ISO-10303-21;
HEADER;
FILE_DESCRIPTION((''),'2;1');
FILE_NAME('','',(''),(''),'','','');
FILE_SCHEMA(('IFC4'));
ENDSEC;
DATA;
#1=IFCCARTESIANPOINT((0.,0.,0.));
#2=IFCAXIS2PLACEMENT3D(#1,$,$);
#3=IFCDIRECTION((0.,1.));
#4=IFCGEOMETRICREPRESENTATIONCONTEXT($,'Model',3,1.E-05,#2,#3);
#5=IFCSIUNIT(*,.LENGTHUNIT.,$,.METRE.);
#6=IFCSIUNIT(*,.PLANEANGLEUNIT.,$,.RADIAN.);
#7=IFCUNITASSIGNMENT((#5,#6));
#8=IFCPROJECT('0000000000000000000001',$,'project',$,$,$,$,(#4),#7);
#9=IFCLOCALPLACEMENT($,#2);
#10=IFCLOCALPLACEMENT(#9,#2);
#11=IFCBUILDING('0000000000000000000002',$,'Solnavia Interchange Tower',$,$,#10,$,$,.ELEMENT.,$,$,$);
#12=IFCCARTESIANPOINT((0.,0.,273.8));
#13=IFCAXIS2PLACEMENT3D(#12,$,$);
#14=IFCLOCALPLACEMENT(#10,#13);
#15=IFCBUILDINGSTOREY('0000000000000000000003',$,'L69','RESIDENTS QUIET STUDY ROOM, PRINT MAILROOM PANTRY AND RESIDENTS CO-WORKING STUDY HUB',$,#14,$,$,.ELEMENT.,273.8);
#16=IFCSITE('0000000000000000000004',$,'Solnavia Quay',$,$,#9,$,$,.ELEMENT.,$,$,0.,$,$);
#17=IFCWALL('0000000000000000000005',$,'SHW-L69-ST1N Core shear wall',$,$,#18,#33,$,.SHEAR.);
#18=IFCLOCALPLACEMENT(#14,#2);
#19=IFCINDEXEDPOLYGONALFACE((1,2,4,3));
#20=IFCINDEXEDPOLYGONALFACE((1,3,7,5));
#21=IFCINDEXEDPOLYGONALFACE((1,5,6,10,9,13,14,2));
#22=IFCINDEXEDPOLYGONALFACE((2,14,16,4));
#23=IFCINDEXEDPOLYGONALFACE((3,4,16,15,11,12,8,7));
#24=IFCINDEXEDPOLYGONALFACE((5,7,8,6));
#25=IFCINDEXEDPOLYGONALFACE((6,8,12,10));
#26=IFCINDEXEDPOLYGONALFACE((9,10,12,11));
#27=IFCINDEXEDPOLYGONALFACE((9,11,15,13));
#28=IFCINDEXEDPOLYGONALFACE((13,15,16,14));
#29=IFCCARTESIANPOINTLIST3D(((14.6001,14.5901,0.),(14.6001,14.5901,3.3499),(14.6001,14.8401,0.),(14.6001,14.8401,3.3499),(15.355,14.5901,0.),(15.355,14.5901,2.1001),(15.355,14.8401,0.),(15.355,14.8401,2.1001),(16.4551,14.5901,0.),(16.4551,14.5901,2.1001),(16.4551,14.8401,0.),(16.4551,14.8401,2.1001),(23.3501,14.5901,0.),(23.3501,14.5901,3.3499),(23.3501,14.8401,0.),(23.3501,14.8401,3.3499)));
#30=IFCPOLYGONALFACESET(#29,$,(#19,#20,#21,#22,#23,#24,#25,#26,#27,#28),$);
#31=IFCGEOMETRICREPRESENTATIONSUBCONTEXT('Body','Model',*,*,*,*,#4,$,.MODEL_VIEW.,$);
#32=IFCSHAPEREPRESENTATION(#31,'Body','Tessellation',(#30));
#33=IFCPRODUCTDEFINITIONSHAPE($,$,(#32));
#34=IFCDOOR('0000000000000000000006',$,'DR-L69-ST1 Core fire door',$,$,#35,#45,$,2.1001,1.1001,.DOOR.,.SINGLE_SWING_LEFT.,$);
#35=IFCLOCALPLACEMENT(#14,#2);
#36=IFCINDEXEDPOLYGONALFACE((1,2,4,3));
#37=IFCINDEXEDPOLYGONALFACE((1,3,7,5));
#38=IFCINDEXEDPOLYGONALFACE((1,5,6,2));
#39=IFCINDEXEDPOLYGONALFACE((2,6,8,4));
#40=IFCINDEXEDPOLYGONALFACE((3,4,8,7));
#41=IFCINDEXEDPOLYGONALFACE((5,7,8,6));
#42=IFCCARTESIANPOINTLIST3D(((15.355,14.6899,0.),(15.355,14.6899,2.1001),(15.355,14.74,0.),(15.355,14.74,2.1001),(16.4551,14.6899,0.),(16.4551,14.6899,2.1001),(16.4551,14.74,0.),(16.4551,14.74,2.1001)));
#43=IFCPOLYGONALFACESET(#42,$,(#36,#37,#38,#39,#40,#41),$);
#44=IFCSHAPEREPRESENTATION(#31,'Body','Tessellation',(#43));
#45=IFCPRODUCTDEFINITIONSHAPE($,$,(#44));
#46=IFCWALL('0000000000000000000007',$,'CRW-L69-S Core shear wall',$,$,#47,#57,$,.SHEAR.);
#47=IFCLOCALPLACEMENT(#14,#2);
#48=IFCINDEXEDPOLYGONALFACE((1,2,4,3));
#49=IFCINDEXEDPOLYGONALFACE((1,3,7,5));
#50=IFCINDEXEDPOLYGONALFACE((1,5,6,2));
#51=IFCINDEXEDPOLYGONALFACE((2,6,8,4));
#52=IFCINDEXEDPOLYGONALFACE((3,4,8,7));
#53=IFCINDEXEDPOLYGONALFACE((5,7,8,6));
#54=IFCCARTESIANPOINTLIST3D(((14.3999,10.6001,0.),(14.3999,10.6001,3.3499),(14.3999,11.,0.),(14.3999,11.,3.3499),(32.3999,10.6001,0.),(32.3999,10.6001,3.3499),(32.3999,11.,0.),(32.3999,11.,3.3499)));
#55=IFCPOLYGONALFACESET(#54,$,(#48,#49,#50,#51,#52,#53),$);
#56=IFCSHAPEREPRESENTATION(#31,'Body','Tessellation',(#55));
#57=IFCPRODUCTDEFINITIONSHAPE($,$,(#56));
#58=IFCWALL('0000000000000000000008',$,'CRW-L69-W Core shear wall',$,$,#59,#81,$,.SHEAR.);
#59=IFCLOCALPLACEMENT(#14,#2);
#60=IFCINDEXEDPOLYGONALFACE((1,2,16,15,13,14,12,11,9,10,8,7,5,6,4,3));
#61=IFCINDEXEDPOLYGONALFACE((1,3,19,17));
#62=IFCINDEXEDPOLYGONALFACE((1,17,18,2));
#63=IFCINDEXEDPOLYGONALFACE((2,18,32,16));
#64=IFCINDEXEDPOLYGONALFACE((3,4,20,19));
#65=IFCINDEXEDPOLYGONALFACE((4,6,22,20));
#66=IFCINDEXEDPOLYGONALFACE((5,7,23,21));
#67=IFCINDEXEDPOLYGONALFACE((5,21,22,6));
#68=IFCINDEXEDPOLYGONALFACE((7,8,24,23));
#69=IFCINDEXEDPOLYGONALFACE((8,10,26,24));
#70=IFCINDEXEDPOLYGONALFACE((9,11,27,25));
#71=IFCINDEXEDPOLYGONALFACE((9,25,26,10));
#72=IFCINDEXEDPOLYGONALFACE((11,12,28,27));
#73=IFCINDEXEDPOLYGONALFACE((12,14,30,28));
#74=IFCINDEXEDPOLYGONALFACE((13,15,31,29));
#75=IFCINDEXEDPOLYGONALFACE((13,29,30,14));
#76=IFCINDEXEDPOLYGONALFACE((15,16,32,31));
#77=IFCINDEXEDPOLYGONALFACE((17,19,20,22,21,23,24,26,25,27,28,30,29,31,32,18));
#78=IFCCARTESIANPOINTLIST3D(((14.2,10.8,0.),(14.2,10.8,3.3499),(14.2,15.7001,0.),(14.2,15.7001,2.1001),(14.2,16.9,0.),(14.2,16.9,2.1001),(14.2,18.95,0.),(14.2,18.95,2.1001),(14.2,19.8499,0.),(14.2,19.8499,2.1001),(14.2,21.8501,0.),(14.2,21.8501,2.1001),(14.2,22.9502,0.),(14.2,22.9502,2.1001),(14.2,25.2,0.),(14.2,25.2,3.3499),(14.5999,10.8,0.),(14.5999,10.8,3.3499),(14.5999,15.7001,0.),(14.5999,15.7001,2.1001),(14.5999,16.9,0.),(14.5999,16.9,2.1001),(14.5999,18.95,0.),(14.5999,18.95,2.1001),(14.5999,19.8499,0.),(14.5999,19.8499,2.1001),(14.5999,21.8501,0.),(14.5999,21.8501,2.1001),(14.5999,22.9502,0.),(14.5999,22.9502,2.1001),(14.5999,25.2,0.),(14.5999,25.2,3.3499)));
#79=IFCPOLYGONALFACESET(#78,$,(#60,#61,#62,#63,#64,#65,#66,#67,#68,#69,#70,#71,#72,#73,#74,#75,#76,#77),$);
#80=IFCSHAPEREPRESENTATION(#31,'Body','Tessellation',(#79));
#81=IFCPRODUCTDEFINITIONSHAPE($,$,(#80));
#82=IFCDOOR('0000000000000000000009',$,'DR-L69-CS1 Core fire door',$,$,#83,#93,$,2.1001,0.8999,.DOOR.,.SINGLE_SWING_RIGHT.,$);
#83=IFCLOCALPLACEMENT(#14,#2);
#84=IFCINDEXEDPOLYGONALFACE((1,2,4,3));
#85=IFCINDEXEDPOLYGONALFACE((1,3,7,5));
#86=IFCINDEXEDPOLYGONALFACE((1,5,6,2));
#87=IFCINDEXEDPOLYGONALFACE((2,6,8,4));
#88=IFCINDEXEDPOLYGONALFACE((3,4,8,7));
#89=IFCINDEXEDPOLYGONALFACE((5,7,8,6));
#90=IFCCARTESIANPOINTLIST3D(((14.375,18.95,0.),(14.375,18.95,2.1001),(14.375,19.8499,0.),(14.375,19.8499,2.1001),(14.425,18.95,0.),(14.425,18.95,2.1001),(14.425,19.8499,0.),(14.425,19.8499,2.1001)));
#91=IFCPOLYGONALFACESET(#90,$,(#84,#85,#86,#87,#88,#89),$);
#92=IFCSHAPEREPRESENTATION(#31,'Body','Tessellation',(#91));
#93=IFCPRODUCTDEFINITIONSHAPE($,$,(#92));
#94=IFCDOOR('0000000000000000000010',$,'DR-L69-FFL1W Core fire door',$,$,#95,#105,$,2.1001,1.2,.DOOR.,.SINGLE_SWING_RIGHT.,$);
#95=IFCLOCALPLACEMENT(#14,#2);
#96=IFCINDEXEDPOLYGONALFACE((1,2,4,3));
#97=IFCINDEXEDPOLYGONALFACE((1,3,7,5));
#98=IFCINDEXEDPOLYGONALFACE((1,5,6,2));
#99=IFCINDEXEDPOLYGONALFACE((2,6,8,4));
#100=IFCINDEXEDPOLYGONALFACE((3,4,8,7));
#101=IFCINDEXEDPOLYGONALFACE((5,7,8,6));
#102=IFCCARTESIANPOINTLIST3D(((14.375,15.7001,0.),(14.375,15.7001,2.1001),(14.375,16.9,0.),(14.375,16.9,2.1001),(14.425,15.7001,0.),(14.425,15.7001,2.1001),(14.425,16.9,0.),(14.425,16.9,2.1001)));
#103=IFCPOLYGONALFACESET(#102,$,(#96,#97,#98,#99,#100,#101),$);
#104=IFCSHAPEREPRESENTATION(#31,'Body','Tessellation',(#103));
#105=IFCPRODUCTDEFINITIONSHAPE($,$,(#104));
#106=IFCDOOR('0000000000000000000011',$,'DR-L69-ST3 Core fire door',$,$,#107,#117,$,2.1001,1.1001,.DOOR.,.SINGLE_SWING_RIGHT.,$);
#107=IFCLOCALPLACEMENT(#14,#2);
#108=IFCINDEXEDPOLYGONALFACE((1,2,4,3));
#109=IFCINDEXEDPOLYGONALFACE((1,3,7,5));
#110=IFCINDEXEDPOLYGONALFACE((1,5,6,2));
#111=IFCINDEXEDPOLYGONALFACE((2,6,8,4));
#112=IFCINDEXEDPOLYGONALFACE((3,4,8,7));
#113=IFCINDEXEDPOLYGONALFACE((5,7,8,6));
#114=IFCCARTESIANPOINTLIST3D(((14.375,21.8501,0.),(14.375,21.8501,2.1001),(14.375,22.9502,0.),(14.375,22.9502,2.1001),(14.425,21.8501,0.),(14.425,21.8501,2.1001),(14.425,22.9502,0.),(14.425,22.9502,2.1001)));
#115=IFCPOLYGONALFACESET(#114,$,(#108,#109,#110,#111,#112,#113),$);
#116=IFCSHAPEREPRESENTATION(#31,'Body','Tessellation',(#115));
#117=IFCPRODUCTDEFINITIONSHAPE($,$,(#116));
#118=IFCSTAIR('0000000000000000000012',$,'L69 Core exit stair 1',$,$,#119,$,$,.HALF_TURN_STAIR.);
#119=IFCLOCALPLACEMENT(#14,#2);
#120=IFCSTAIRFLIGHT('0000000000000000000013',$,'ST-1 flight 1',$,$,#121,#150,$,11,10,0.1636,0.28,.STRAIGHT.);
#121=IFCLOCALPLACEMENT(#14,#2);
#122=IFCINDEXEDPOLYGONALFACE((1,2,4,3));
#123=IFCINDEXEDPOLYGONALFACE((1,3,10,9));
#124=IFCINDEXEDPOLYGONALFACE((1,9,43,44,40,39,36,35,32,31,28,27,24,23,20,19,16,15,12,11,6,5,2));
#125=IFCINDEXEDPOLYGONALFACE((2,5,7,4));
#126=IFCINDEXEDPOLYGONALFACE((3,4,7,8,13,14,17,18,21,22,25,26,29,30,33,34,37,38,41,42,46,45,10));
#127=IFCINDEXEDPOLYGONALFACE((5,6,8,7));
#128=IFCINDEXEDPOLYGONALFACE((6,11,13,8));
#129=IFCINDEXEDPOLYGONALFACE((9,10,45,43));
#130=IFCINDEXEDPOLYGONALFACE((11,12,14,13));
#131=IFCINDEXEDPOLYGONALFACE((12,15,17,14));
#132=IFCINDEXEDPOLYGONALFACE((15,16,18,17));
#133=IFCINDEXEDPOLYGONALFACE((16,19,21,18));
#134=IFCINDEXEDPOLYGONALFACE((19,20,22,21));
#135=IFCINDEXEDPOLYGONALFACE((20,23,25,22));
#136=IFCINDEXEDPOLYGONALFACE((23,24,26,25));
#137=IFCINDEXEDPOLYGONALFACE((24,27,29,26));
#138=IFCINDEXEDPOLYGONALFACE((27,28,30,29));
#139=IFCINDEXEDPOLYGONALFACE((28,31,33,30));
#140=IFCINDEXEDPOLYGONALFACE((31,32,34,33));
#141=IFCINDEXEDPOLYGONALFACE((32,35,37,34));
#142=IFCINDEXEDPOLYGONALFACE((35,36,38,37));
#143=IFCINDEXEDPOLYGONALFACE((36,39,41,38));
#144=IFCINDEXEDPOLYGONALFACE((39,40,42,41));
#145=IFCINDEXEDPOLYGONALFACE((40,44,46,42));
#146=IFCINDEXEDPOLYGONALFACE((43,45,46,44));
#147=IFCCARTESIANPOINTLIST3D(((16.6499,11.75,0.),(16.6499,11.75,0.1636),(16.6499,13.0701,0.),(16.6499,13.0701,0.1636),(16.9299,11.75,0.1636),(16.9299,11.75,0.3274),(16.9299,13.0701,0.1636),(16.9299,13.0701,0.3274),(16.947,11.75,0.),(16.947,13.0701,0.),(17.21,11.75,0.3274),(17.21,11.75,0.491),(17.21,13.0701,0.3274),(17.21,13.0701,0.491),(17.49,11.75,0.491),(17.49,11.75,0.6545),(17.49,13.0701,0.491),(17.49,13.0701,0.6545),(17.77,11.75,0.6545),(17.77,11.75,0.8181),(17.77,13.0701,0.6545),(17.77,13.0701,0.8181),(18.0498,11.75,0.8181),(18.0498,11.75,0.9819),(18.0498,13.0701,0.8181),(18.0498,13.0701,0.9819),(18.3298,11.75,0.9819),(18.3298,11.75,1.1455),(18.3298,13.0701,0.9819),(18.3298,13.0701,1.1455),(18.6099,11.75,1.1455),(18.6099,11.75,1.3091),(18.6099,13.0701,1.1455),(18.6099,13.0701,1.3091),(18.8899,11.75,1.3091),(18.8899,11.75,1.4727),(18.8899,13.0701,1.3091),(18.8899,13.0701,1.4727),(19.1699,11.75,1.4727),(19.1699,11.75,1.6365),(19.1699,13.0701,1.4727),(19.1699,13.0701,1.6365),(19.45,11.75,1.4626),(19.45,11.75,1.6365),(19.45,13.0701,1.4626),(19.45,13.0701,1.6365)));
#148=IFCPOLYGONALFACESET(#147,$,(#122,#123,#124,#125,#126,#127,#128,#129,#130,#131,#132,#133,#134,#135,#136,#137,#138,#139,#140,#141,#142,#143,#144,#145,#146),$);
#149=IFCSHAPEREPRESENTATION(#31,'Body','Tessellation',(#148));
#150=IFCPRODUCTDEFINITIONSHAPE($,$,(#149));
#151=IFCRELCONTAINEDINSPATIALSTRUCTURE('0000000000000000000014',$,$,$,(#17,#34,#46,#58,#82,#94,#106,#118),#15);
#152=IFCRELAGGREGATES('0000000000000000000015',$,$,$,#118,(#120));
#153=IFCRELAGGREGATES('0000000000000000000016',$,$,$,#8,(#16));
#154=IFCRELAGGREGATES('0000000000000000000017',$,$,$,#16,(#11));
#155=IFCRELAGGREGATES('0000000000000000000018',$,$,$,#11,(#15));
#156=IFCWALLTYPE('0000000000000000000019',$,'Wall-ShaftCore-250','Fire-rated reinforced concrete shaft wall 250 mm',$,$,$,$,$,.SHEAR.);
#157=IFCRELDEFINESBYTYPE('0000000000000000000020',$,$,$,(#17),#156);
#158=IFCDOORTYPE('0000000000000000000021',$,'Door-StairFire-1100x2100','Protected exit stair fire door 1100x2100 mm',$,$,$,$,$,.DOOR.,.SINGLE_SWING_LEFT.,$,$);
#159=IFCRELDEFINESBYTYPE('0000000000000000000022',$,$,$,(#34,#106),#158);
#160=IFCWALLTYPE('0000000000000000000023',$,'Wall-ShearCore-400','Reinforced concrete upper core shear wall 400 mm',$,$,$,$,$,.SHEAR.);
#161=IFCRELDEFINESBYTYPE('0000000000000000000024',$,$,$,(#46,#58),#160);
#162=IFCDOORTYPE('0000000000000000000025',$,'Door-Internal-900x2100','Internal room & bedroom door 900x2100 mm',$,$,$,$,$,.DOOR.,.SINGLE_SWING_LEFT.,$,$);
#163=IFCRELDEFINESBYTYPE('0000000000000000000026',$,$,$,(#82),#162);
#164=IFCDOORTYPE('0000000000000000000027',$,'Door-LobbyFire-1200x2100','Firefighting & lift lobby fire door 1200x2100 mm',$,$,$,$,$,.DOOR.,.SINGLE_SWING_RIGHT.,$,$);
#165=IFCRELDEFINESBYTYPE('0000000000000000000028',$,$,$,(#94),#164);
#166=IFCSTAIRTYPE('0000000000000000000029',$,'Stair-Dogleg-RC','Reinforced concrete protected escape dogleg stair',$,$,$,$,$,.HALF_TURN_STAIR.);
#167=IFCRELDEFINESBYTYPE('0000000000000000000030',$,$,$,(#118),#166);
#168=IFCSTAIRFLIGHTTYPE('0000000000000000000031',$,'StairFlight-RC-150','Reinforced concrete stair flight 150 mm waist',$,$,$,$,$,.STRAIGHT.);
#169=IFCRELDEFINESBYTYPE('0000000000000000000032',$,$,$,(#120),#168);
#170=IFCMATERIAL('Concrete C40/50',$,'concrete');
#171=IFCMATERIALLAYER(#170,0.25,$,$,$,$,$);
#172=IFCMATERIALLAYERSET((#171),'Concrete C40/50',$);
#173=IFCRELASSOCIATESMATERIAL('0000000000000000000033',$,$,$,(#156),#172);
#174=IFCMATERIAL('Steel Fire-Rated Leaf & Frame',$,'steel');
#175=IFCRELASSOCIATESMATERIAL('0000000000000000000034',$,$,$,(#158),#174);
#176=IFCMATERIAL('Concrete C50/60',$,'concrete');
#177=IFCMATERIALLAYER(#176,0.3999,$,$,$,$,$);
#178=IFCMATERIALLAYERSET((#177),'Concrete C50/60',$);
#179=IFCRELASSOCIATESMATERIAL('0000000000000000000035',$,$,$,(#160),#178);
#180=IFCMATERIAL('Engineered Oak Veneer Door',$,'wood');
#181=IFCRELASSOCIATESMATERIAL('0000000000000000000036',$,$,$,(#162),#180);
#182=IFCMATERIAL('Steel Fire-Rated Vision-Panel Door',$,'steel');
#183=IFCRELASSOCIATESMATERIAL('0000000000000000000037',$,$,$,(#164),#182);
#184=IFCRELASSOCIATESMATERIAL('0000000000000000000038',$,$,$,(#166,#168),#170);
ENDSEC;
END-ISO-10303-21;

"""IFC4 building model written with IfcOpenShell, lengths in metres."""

from ifc_helpers import new_model, si_unit, direction, frame, frame_2d, origin, place, context, subcontext, project, spatial, polyline, rectangle, outline, extrude, material, layer, layer_set, type_object, element, fill, aggregate, save


model = new_model("IFC4")

# Units and contexts
model_context = context("Model", 3, precision=1e-05, world=origin(), true_north=direction((0.0, 1.0)))
body_context = subcontext(model_context, "Body", "Model", "MODEL_VIEW")
ifc_project = project(units=[si_unit("LENGTHUNIT", "METRE"), si_unit("PLANEANGLEUNIT", "RADIAN")], contexts=[model_context])

# Site, building, storey
site_placement = place(None, origin())
site = spatial("IfcSite", under=ifc_project, at=site_placement, Name="Solnavia Quay", CompositionType="ELEMENT", RefElevation=0.0)
building_placement = place(site_placement, origin())
building = spatial("IfcBuilding", under=site, at=building_placement, Name="Solnavia Interchange Tower", CompositionType="ELEMENT")
storey_placement = place(building_placement, frame((0.0, 0.0, 273.8)))
storey = spatial("IfcBuildingStorey", under=building, at=storey_placement, Name="L69", Description="RESIDENTS QUIET STUDY ROOM, PRINT MAILROOM PANTRY AND RESIDENTS CO-WORKING STUDY HUB", CompositionType="ELEMENT", Elevation=273.8)

# Shared definitions
ifc_material_1 = material(Name="Concrete C50/60", Category="concrete")

# Shared definitions
ifc_material_2 = material(Name="Concrete C40/50", Category="concrete")
ifc_layer_1 = layer(ifc_material_2, 0.25)
ifc_layer_set_1 = layer_set([ifc_layer_1], Name="Concrete C40/50")
wall_type_1 = type_object("IfcWallType", Name="Wall-ShaftCore-250", Description="Fire-rated reinforced concrete shaft wall 250 mm", PredefinedType="SHEAR", material=ifc_layer_set_1)

# Wall, opening, door
wall_1_placement = place(storey_placement, frame((14.6001, 14.7151, 0.0), z_axis=(0.0, 0.0, 1.0), x_axis=(1.0, 0.0, 0.0)))
wall_1 = element("IfcWall", 1, at=wall_1_placement, inside=storey, type_object=wall_type_1, Name="SHW-L69-ST1N Core shear wall", PredefinedType="SHEAR", context=body_context, shape_type="SweptSolid", body=[
    extrude(rectangle(XDim=8.75, YDim=0.25, at=frame_2d((4.375, 0.0))), origin(), (0.0, 0.0, 1.0), 3.3499),
])
opening_1_placement = place(wall_1_placement, frame((0.7549, 0.0, 0.0)))
opening_1 = element("IfcOpeningElement", 2, at=opening_1_placement, cuts=wall_1, PredefinedType="OPENING", context=body_context, shape_type="SweptSolid", body=[
    extrude(rectangle(XDim=1.1001, YDim=2.1001, at=frame_2d((0.55, 1.05))), frame((0.0, 0.135, 0.0), z_axis=(0.0, -1.0, 0.0), x_axis=(1.0, 0.0, 0.0)), (0.0, 0.0, 1.0), 0.27),
])
ifc_material_3 = material(Name="Steel Fire-Rated Leaf & Frame", Category="steel")
door_type_1 = type_object("IfcDoorType", Name="Door-StairFire-1100x2100", Description="Protected exit stair fire door 1100x2100 mm", OperationType="SINGLE_SWING_LEFT", PredefinedType="DOOR", material=ifc_material_3)
door_1_placement = place(opening_1_placement, origin())
door_1 = element("IfcDoor", 3, at=door_1_placement, inside=storey, type_object=door_type_1, Name="DR-L69-ST1 Core fire door", OperationType="SINGLE_SWING_LEFT", OverallHeight=2.1001, OverallWidth=1.1001, PredefinedType="DOOR", context=body_context, shape_type="SweptSolid", body=[
    extrude(rectangle(XDim=1.1001, YDim=2.1001, at=frame_2d((0.55, 1.05))), frame((0.0, 0.0249, 0.0), z_axis=(0.0, -1.0, 0.0), x_axis=(1.0, 0.0, 0.0)), (0.0, 0.0, 1.0), 0.05),
])
fill(opening_1, door_1)

# Wall
ifc_layer_2 = layer(ifc_material_1, 0.3999)
ifc_layer_set_2 = layer_set([ifc_layer_2], Name="Concrete C50/60")
wall_type_2 = type_object("IfcWallType", Name="Wall-ShearCore-400", Description="Reinforced concrete upper core shear wall 400 mm", PredefinedType="SHEAR", material=ifc_layer_set_2)
wall_2_placement = place(storey_placement, frame((14.3999, 10.8, 0.0), z_axis=(0.0, 0.0, 1.0), x_axis=(1.0, 0.0, 0.0)))
element("IfcWall", 4, at=wall_2_placement, inside=storey, type_object=wall_type_2, Name="CRW-L69-S Core shear wall", PredefinedType="SHEAR", context=body_context, shape_type="SweptSolid", body=[
    extrude(rectangle(XDim=18.0, YDim=0.3999, at=frame_2d((9.0, 0.0))), origin(), (0.0, 0.0, 1.0), 3.3499),
])

# Wall, openings, doors
wall_3_placement = place(storey_placement, frame((14.3999, 10.8, 0.0), z_axis=(0.0, 0.0, 1.0), x_axis=(0.0, 1.0, 0.0)))
wall_3 = element("IfcWall", 5, at=wall_3_placement, inside=storey, type_object=wall_type_2, Name="CRW-L69-W Core shear wall", PredefinedType="SHEAR", context=body_context, shape_type="SweptSolid", body=[
    extrude(rectangle(XDim=14.3999, YDim=0.3999, at=frame_2d((7.2, 0.0))), origin(), (0.0, 0.0, 1.0), 3.3499),
])
opening_2_placement = place(wall_3_placement, frame((11.05, 0.0, 0.0)))
opening_2 = element("IfcOpeningElement", 6, at=opening_2_placement, cuts=wall_3, PredefinedType="OPENING", context=body_context, shape_type="SweptSolid", body=[
    extrude(rectangle(XDim=1.1001, YDim=2.1001, at=frame_2d((0.55, 1.05))), frame((0.0, 0.21, 0.0), z_axis=(0.0, -1.0, 0.0), x_axis=(1.0, 0.0, 0.0)), (0.0, 0.0, 1.0), 0.4199),
])
opening_3_placement = place(wall_3_placement, frame((4.8999, 0.0, 0.0)))
opening_3 = element("IfcOpeningElement", 7, at=opening_3_placement, cuts=wall_3, PredefinedType="OPENING", context=body_context, shape_type="SweptSolid", body=[
    extrude(rectangle(XDim=1.2, YDim=2.1001, at=frame_2d((0.6001, 1.05))), frame((0.0, 0.21, 0.0), z_axis=(0.0, -1.0, 0.0), x_axis=(1.0, 0.0, 0.0)), (0.0, 0.0, 1.0), 0.4199),
])
opening_4_placement = place(wall_3_placement, frame((8.1499, 0.0, 0.0)))
opening_4 = element("IfcOpeningElement", 8, at=opening_4_placement, cuts=wall_3, PredefinedType="OPENING", context=body_context, shape_type="SweptSolid", body=[
    extrude(rectangle(XDim=0.8999, YDim=2.1001, at=frame_2d((0.45, 1.05))), frame((0.0, 0.21, 0.0), z_axis=(0.0, -1.0, 0.0), x_axis=(1.0, 0.0, 0.0)), (0.0, 0.0, 1.0), 0.4199),
])
ifc_material_4 = material(Name="Engineered Oak Veneer Door", Category="wood")
door_type_2 = type_object("IfcDoorType", Name="Door-Internal-900x2100", Description="Internal room & bedroom door 900x2100 mm", OperationType="SINGLE_SWING_LEFT", PredefinedType="DOOR", material=ifc_material_4)
door_2_placement = place(opening_4_placement, origin())
door_2 = element("IfcDoor", 9, at=door_2_placement, inside=storey, type_object=door_type_2, Name="DR-L69-CS1 Core fire door", OperationType="SINGLE_SWING_RIGHT", OverallHeight=2.1001, OverallWidth=0.8999, PredefinedType="DOOR", context=body_context, shape_type="SweptSolid", body=[
    extrude(rectangle(XDim=0.8999, YDim=2.1001, at=frame_2d((0.45, 1.05))), frame((0.0, 0.0249, 0.0), z_axis=(0.0, -1.0, 0.0), x_axis=(1.0, 0.0, 0.0)), (0.0, 0.0, 1.0), 0.05),
])
fill(opening_4, door_2)
ifc_material_5 = material(Name="Steel Fire-Rated Vision-Panel Door", Category="steel")
door_type_3 = type_object("IfcDoorType", Name="Door-LobbyFire-1200x2100", Description="Firefighting & lift lobby fire door 1200x2100 mm", OperationType="SINGLE_SWING_RIGHT", PredefinedType="DOOR", material=ifc_material_5)
door_3_placement = place(opening_3_placement, origin())
door_3 = element("IfcDoor", 10, at=door_3_placement, inside=storey, type_object=door_type_3, Name="DR-L69-FFL1W Core fire door", OperationType="SINGLE_SWING_RIGHT", OverallHeight=2.1001, OverallWidth=1.2, PredefinedType="DOOR", context=body_context, shape_type="SweptSolid", body=[
    extrude(rectangle(XDim=1.2, YDim=2.1001, at=frame_2d((0.6001, 1.05))), frame((0.0, 0.0249, 0.0), z_axis=(0.0, -1.0, 0.0), x_axis=(1.0, 0.0, 0.0)), (0.0, 0.0, 1.0), 0.05),
])
fill(opening_3, door_3)
door_4_placement = place(opening_2_placement, origin())
door_4 = element("IfcDoor", 11, at=door_4_placement, inside=storey, type_object=door_type_1, Name="DR-L69-ST3 Core fire door", OperationType="SINGLE_SWING_RIGHT", OverallHeight=2.1001, OverallWidth=1.1001, PredefinedType="DOOR", context=body_context, shape_type="SweptSolid", body=[
    extrude(rectangle(XDim=1.1001, YDim=2.1001, at=frame_2d((0.55, 1.05))), frame((0.0, 0.0249, 0.0), z_axis=(0.0, -1.0, 0.0), x_axis=(1.0, 0.0, 0.0)), (0.0, 0.0, 1.0), 0.05),
])
fill(opening_2, door_4)

# Stair, stair flight
stair_type = type_object("IfcStairType", Name="Stair-Dogleg-RC", Description="Reinforced concrete protected escape dogleg stair", PredefinedType="HALF_TURN_STAIR", material=ifc_material_2)
stair_placement = place(storey_placement, origin())
stair = element("IfcStair", 12, at=stair_placement, inside=storey, type_object=stair_type, Name="L69 Core exit stair 1", PredefinedType="HALF_TURN_STAIR")
stair_flight_type = type_object("IfcStairFlightType", Name="StairFlight-RC-150", Description="Reinforced concrete stair flight 150 mm waist", PredefinedType="STRAIGHT", material=ifc_material_2)
stair_flight_placement = place(storey_placement, frame((16.6499, 12.4099, 0.0), z_axis=(0.0, 0.0, 1.0), x_axis=(1.0, 0.0, 0.0)))
stair_flight = element("IfcStairFlight", 13, at=stair_flight_placement, type_object=stair_flight_type, Name="ST-1 flight 1", NumberOfRisers=11, NumberOfTreads=10, PredefinedType="STRAIGHT", RiserHeight=0.1636, TreadLength=0.28, context=body_context, shape_type="SweptSolid", body=[
    extrude(outline(polyline([(0.0, 0.0), (0.0, 0.1636), (0.28, 0.1636), (0.28, 0.3274), (0.5601, 0.3274), (0.5601, 0.491), (0.8401, 0.491), (0.8401, 0.6545), (1.1201, 0.6545), (1.1201, 0.8181), (1.3999, 0.8181), (1.3999, 0.9819), (1.6799, 0.9819), (1.6799, 1.1455), (1.96, 1.1455), (1.96, 1.3091), (2.24, 1.3091), (2.24, 1.4727), (2.52, 1.4727), (2.52, 1.6365), (2.8, 1.6365), (2.8, 1.8), (2.8, 1.4626), (0.2971, 0.0), (0.0, 0.0)])), frame((0.0, 0.6602, 0.0), z_axis=(0.0, -1.0, 0.0), x_axis=(1.0, 0.0, 0.0)), (0.0, 0.0, 1.0), 1.3201),
])
aggregate(stair, [stair_flight])

save(model, "model.ifc")
